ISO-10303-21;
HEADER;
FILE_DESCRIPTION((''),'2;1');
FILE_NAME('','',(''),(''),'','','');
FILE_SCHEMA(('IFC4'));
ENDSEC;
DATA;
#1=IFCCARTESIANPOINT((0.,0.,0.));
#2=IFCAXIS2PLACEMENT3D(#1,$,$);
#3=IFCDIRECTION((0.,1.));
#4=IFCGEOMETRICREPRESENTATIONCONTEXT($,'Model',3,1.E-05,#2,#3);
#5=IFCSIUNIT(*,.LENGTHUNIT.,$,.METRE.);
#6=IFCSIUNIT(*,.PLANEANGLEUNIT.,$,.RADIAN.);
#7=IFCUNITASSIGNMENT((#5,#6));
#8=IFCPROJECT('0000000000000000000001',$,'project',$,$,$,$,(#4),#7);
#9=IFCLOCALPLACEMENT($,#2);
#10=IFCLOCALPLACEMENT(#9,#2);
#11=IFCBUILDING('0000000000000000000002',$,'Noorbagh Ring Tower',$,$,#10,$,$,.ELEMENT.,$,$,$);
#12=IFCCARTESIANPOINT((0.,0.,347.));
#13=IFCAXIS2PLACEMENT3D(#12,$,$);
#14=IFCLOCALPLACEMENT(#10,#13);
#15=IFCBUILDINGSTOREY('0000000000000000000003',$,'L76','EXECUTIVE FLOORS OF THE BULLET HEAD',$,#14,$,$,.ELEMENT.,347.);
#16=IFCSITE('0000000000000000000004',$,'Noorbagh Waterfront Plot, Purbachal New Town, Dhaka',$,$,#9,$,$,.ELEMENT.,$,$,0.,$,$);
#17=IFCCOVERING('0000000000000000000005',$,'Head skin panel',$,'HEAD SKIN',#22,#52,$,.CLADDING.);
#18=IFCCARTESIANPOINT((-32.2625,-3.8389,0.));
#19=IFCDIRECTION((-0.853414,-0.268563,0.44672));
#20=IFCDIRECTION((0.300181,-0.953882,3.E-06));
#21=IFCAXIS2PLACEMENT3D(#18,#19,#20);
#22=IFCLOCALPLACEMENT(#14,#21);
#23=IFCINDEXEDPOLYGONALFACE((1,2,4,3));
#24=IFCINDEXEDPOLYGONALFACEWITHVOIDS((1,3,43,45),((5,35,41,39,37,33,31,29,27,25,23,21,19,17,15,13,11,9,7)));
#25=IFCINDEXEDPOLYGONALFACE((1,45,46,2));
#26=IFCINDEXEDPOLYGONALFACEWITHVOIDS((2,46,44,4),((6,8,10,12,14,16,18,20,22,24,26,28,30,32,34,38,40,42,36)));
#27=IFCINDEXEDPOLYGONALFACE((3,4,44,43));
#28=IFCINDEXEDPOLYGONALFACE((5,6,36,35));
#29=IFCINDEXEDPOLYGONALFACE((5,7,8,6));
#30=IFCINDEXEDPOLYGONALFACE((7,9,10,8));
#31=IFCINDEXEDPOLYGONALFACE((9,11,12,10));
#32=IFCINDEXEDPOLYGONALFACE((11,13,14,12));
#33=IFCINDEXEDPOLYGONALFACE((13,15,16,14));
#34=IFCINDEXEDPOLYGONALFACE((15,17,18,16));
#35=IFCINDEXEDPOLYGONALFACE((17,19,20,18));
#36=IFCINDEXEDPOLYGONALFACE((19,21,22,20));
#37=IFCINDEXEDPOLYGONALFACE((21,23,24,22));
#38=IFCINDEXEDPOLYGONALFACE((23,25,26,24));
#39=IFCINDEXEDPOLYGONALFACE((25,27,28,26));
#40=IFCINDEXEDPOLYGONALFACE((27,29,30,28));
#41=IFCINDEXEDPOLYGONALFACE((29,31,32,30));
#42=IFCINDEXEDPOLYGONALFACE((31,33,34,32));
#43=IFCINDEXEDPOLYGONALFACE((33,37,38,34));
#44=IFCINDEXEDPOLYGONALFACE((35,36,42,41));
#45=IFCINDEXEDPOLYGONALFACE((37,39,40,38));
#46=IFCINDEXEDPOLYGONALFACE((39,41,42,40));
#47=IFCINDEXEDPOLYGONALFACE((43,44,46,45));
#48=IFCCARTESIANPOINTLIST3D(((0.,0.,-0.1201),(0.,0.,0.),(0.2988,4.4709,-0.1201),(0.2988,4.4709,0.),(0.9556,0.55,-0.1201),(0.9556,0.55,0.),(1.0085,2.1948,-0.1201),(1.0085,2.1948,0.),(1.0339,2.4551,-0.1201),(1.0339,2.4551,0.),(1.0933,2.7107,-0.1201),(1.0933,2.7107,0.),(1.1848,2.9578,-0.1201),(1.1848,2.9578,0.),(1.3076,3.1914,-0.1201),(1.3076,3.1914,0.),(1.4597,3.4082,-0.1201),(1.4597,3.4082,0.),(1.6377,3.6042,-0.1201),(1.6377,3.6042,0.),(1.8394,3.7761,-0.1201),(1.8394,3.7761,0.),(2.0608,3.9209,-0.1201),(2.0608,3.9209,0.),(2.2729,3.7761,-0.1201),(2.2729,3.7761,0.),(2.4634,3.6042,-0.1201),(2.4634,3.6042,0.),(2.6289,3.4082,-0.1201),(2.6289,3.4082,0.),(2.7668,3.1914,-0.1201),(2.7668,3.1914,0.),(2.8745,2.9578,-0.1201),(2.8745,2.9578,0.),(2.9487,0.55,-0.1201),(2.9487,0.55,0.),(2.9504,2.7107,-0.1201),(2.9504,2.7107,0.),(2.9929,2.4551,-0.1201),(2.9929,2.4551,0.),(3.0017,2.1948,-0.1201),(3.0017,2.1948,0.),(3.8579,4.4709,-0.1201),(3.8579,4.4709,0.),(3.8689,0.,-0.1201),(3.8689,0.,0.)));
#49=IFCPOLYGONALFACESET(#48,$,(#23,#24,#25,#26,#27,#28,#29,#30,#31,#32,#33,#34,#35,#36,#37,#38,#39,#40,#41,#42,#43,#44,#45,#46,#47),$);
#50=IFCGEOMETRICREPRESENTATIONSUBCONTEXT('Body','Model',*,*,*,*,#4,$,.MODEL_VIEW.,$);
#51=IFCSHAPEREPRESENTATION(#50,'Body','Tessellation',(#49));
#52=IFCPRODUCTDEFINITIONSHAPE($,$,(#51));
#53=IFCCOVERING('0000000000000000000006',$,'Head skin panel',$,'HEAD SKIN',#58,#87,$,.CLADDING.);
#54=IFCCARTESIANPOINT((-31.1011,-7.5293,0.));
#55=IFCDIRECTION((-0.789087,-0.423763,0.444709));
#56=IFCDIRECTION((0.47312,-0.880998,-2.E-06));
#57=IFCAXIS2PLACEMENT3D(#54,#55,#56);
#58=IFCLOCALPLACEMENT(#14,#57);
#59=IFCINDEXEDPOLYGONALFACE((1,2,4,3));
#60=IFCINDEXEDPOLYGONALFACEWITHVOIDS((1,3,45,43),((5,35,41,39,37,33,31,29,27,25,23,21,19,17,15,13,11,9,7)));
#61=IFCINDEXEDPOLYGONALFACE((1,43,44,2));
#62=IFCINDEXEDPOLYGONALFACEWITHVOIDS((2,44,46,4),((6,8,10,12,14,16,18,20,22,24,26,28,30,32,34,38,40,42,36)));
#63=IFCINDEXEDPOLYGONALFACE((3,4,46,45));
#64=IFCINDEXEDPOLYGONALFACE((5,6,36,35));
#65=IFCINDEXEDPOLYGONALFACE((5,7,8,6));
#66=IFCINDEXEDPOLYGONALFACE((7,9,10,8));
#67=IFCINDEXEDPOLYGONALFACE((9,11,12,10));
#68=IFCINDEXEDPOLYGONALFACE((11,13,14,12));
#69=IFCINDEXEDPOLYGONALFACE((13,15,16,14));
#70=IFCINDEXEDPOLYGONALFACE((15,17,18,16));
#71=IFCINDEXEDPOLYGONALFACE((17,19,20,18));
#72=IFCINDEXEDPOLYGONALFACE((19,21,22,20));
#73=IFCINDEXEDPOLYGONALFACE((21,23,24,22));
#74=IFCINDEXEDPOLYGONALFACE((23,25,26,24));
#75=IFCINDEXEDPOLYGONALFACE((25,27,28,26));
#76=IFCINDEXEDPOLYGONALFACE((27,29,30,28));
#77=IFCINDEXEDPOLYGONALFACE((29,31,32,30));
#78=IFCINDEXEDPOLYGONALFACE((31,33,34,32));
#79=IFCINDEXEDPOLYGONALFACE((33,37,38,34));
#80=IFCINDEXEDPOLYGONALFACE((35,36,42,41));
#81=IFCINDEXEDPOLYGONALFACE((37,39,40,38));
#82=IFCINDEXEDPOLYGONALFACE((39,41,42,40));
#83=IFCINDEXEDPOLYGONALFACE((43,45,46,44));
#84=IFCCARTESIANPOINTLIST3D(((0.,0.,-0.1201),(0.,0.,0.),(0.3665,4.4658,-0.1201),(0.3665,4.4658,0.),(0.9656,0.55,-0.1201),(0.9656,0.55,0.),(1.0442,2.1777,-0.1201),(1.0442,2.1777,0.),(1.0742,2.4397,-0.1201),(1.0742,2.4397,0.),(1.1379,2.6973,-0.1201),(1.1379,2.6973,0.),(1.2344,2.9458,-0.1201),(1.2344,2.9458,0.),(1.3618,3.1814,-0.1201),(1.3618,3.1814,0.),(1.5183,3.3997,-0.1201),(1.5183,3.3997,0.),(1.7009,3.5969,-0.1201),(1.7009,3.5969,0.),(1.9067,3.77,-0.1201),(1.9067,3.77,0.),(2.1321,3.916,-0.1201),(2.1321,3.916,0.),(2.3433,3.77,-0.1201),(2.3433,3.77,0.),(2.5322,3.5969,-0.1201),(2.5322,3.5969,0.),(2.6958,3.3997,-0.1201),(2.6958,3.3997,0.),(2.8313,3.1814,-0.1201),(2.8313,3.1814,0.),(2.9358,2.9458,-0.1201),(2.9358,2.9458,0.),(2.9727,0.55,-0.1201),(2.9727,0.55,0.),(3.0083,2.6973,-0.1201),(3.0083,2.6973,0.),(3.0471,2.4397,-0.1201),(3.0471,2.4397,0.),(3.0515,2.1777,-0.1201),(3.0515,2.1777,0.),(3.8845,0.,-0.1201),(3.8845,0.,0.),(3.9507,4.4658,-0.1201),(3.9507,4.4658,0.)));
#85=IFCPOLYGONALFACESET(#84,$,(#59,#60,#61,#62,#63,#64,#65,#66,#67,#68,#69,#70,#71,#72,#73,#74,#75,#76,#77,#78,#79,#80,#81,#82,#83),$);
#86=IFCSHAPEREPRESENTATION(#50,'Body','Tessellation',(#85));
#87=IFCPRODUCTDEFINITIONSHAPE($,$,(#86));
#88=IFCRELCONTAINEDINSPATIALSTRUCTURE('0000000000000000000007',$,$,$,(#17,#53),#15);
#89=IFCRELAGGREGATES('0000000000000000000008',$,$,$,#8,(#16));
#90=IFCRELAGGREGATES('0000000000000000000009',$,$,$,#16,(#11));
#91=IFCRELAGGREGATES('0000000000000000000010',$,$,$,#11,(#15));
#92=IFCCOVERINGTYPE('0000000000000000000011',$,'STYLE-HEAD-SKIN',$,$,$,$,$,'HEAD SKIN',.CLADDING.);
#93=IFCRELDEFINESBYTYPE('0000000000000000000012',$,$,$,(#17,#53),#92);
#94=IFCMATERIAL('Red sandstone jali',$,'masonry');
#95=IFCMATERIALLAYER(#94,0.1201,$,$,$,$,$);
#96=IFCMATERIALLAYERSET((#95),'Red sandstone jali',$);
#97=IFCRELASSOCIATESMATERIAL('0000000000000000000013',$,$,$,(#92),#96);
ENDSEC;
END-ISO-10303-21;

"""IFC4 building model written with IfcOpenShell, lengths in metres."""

from ifc_helpers import new_model, si_unit, direction, frame, origin, place, context, subcontext, project, spatial, polyline, outline, extrude, material, layer, layer_set, type_object, element, save


model = new_model("IFC4")

# Units and contexts
model_context = context("Model", 3, precision=1e-05, world=origin(), true_north=direction((0.0, 1.0)))
body_context = subcontext(model_context, "Body", "Model", "MODEL_VIEW")
ifc_project = project(units=[si_unit("LENGTHUNIT", "METRE"), si_unit("PLANEANGLEUNIT", "RADIAN")], contexts=[model_context])

# Site, building, storey
site_placement = place(None, origin())
site = spatial("IfcSite", under=ifc_project, at=site_placement, Name="Noorbagh Waterfront Plot, Purbachal New Town, Dhaka", CompositionType="ELEMENT", RefElevation=0.0)
building_placement = place(site_placement, origin())
building = spatial("IfcBuilding", under=site, at=building_placement, Name="Noorbagh Ring Tower", CompositionType="ELEMENT")
storey_placement = place(building_placement, frame((0.0, 0.0, 347.0)))
storey = spatial("IfcBuildingStorey", under=building, at=storey_placement, Name="L76", Description="EXECUTIVE FLOORS OF THE BULLET HEAD", CompositionType="ELEMENT", Elevation=347.0)

# Coverings
ifc_material_1 = material(Name="Red sandstone jali", Category="masonry")
ifc_layer_1 = layer(ifc_material_1, 0.1201)
ifc_layer_set_1 = layer_set([ifc_layer_1], Name="Red sandstone jali")
covering_type_1 = type_object("IfcCoveringType", Name="STYLE-HEAD-SKIN", ElementType="HEAD SKIN", PredefinedType="CLADDING", material=ifc_layer_set_1)
covering_1_placement = place(storey_placement, frame((-32.2625, -3.8389, 0.0), z_axis=(-0.853414, -0.268563, 0.44672), x_axis=(0.300181, -0.953882, 0.000003)))
element("IfcCovering", 1, at=covering_1_placement, inside=storey, type_object=covering_type_1, Name="Head skin panel", ObjectType="HEAD SKIN", PredefinedType="CLADDING", context=body_context, shape_type="SweptSolid", body=[
    extrude(outline(polyline([(0.0, 0.0), (3.8689, 0.0), (3.8579, 4.4709), (0.2988, 4.4709), (0.0, 0.0)]), holes=[polyline([(0.9556, 0.55), (1.0085, 2.1948), (1.0339, 2.4551), (1.0933, 2.7107), (1.1848, 2.9578), (1.3076, 3.1914), (1.4597, 3.4082), (1.6377, 3.6042), (1.8394, 3.7761), (2.0608, 3.9209), (2.2729, 3.7761), (2.4634, 3.6042), (2.6289, 3.4082), (2.7668, 3.1914), (2.8745, 2.9578), (2.9504, 2.7107), (2.9929, 2.4551), (3.0017, 2.1948), (2.9487, 0.55), (0.9556, 0.55)])]), origin(), (0.0, 0.0, -1.0), 0.1201),
])
covering_2_placement = place(storey_placement, frame((-31.1011, -7.5293, 0.0), z_axis=(-0.789087, -0.423763, 0.444709), x_axis=(0.47312, -0.880998, -0.000002)))
element("IfcCovering", 2, at=covering_2_placement, inside=storey, type_object=covering_type_1, Name="Head skin panel", ObjectType="HEAD SKIN", PredefinedType="CLADDING", context=body_context, shape_type="SweptSolid", body=[
    extrude(outline(polyline([(0.0, 0.0), (3.8845, 0.0), (3.9507, 4.4658), (0.3665, 4.4658), (0.0, 0.0)]), holes=[polyline([(0.9656, 0.55), (1.0442, 2.1777), (1.0742, 2.4397), (1.1379, 2.6973), (1.2344, 2.9458), (1.3618, 3.1814), (1.5183, 3.3997), (1.7009, 3.5969), (1.9067, 3.77), (2.1321, 3.916), (2.3433, 3.77), (2.5322, 3.5969), (2.6958, 3.3997), (2.8313, 3.1814), (2.9358, 2.9458), (3.0083, 2.6973), (3.0471, 2.4397), (3.0515, 2.1777), (2.9727, 0.55), (0.9656, 0.55)])]), origin(), (0.0, 0.0, -1.0), 0.1201),
])

save(model, "model.ifc")
